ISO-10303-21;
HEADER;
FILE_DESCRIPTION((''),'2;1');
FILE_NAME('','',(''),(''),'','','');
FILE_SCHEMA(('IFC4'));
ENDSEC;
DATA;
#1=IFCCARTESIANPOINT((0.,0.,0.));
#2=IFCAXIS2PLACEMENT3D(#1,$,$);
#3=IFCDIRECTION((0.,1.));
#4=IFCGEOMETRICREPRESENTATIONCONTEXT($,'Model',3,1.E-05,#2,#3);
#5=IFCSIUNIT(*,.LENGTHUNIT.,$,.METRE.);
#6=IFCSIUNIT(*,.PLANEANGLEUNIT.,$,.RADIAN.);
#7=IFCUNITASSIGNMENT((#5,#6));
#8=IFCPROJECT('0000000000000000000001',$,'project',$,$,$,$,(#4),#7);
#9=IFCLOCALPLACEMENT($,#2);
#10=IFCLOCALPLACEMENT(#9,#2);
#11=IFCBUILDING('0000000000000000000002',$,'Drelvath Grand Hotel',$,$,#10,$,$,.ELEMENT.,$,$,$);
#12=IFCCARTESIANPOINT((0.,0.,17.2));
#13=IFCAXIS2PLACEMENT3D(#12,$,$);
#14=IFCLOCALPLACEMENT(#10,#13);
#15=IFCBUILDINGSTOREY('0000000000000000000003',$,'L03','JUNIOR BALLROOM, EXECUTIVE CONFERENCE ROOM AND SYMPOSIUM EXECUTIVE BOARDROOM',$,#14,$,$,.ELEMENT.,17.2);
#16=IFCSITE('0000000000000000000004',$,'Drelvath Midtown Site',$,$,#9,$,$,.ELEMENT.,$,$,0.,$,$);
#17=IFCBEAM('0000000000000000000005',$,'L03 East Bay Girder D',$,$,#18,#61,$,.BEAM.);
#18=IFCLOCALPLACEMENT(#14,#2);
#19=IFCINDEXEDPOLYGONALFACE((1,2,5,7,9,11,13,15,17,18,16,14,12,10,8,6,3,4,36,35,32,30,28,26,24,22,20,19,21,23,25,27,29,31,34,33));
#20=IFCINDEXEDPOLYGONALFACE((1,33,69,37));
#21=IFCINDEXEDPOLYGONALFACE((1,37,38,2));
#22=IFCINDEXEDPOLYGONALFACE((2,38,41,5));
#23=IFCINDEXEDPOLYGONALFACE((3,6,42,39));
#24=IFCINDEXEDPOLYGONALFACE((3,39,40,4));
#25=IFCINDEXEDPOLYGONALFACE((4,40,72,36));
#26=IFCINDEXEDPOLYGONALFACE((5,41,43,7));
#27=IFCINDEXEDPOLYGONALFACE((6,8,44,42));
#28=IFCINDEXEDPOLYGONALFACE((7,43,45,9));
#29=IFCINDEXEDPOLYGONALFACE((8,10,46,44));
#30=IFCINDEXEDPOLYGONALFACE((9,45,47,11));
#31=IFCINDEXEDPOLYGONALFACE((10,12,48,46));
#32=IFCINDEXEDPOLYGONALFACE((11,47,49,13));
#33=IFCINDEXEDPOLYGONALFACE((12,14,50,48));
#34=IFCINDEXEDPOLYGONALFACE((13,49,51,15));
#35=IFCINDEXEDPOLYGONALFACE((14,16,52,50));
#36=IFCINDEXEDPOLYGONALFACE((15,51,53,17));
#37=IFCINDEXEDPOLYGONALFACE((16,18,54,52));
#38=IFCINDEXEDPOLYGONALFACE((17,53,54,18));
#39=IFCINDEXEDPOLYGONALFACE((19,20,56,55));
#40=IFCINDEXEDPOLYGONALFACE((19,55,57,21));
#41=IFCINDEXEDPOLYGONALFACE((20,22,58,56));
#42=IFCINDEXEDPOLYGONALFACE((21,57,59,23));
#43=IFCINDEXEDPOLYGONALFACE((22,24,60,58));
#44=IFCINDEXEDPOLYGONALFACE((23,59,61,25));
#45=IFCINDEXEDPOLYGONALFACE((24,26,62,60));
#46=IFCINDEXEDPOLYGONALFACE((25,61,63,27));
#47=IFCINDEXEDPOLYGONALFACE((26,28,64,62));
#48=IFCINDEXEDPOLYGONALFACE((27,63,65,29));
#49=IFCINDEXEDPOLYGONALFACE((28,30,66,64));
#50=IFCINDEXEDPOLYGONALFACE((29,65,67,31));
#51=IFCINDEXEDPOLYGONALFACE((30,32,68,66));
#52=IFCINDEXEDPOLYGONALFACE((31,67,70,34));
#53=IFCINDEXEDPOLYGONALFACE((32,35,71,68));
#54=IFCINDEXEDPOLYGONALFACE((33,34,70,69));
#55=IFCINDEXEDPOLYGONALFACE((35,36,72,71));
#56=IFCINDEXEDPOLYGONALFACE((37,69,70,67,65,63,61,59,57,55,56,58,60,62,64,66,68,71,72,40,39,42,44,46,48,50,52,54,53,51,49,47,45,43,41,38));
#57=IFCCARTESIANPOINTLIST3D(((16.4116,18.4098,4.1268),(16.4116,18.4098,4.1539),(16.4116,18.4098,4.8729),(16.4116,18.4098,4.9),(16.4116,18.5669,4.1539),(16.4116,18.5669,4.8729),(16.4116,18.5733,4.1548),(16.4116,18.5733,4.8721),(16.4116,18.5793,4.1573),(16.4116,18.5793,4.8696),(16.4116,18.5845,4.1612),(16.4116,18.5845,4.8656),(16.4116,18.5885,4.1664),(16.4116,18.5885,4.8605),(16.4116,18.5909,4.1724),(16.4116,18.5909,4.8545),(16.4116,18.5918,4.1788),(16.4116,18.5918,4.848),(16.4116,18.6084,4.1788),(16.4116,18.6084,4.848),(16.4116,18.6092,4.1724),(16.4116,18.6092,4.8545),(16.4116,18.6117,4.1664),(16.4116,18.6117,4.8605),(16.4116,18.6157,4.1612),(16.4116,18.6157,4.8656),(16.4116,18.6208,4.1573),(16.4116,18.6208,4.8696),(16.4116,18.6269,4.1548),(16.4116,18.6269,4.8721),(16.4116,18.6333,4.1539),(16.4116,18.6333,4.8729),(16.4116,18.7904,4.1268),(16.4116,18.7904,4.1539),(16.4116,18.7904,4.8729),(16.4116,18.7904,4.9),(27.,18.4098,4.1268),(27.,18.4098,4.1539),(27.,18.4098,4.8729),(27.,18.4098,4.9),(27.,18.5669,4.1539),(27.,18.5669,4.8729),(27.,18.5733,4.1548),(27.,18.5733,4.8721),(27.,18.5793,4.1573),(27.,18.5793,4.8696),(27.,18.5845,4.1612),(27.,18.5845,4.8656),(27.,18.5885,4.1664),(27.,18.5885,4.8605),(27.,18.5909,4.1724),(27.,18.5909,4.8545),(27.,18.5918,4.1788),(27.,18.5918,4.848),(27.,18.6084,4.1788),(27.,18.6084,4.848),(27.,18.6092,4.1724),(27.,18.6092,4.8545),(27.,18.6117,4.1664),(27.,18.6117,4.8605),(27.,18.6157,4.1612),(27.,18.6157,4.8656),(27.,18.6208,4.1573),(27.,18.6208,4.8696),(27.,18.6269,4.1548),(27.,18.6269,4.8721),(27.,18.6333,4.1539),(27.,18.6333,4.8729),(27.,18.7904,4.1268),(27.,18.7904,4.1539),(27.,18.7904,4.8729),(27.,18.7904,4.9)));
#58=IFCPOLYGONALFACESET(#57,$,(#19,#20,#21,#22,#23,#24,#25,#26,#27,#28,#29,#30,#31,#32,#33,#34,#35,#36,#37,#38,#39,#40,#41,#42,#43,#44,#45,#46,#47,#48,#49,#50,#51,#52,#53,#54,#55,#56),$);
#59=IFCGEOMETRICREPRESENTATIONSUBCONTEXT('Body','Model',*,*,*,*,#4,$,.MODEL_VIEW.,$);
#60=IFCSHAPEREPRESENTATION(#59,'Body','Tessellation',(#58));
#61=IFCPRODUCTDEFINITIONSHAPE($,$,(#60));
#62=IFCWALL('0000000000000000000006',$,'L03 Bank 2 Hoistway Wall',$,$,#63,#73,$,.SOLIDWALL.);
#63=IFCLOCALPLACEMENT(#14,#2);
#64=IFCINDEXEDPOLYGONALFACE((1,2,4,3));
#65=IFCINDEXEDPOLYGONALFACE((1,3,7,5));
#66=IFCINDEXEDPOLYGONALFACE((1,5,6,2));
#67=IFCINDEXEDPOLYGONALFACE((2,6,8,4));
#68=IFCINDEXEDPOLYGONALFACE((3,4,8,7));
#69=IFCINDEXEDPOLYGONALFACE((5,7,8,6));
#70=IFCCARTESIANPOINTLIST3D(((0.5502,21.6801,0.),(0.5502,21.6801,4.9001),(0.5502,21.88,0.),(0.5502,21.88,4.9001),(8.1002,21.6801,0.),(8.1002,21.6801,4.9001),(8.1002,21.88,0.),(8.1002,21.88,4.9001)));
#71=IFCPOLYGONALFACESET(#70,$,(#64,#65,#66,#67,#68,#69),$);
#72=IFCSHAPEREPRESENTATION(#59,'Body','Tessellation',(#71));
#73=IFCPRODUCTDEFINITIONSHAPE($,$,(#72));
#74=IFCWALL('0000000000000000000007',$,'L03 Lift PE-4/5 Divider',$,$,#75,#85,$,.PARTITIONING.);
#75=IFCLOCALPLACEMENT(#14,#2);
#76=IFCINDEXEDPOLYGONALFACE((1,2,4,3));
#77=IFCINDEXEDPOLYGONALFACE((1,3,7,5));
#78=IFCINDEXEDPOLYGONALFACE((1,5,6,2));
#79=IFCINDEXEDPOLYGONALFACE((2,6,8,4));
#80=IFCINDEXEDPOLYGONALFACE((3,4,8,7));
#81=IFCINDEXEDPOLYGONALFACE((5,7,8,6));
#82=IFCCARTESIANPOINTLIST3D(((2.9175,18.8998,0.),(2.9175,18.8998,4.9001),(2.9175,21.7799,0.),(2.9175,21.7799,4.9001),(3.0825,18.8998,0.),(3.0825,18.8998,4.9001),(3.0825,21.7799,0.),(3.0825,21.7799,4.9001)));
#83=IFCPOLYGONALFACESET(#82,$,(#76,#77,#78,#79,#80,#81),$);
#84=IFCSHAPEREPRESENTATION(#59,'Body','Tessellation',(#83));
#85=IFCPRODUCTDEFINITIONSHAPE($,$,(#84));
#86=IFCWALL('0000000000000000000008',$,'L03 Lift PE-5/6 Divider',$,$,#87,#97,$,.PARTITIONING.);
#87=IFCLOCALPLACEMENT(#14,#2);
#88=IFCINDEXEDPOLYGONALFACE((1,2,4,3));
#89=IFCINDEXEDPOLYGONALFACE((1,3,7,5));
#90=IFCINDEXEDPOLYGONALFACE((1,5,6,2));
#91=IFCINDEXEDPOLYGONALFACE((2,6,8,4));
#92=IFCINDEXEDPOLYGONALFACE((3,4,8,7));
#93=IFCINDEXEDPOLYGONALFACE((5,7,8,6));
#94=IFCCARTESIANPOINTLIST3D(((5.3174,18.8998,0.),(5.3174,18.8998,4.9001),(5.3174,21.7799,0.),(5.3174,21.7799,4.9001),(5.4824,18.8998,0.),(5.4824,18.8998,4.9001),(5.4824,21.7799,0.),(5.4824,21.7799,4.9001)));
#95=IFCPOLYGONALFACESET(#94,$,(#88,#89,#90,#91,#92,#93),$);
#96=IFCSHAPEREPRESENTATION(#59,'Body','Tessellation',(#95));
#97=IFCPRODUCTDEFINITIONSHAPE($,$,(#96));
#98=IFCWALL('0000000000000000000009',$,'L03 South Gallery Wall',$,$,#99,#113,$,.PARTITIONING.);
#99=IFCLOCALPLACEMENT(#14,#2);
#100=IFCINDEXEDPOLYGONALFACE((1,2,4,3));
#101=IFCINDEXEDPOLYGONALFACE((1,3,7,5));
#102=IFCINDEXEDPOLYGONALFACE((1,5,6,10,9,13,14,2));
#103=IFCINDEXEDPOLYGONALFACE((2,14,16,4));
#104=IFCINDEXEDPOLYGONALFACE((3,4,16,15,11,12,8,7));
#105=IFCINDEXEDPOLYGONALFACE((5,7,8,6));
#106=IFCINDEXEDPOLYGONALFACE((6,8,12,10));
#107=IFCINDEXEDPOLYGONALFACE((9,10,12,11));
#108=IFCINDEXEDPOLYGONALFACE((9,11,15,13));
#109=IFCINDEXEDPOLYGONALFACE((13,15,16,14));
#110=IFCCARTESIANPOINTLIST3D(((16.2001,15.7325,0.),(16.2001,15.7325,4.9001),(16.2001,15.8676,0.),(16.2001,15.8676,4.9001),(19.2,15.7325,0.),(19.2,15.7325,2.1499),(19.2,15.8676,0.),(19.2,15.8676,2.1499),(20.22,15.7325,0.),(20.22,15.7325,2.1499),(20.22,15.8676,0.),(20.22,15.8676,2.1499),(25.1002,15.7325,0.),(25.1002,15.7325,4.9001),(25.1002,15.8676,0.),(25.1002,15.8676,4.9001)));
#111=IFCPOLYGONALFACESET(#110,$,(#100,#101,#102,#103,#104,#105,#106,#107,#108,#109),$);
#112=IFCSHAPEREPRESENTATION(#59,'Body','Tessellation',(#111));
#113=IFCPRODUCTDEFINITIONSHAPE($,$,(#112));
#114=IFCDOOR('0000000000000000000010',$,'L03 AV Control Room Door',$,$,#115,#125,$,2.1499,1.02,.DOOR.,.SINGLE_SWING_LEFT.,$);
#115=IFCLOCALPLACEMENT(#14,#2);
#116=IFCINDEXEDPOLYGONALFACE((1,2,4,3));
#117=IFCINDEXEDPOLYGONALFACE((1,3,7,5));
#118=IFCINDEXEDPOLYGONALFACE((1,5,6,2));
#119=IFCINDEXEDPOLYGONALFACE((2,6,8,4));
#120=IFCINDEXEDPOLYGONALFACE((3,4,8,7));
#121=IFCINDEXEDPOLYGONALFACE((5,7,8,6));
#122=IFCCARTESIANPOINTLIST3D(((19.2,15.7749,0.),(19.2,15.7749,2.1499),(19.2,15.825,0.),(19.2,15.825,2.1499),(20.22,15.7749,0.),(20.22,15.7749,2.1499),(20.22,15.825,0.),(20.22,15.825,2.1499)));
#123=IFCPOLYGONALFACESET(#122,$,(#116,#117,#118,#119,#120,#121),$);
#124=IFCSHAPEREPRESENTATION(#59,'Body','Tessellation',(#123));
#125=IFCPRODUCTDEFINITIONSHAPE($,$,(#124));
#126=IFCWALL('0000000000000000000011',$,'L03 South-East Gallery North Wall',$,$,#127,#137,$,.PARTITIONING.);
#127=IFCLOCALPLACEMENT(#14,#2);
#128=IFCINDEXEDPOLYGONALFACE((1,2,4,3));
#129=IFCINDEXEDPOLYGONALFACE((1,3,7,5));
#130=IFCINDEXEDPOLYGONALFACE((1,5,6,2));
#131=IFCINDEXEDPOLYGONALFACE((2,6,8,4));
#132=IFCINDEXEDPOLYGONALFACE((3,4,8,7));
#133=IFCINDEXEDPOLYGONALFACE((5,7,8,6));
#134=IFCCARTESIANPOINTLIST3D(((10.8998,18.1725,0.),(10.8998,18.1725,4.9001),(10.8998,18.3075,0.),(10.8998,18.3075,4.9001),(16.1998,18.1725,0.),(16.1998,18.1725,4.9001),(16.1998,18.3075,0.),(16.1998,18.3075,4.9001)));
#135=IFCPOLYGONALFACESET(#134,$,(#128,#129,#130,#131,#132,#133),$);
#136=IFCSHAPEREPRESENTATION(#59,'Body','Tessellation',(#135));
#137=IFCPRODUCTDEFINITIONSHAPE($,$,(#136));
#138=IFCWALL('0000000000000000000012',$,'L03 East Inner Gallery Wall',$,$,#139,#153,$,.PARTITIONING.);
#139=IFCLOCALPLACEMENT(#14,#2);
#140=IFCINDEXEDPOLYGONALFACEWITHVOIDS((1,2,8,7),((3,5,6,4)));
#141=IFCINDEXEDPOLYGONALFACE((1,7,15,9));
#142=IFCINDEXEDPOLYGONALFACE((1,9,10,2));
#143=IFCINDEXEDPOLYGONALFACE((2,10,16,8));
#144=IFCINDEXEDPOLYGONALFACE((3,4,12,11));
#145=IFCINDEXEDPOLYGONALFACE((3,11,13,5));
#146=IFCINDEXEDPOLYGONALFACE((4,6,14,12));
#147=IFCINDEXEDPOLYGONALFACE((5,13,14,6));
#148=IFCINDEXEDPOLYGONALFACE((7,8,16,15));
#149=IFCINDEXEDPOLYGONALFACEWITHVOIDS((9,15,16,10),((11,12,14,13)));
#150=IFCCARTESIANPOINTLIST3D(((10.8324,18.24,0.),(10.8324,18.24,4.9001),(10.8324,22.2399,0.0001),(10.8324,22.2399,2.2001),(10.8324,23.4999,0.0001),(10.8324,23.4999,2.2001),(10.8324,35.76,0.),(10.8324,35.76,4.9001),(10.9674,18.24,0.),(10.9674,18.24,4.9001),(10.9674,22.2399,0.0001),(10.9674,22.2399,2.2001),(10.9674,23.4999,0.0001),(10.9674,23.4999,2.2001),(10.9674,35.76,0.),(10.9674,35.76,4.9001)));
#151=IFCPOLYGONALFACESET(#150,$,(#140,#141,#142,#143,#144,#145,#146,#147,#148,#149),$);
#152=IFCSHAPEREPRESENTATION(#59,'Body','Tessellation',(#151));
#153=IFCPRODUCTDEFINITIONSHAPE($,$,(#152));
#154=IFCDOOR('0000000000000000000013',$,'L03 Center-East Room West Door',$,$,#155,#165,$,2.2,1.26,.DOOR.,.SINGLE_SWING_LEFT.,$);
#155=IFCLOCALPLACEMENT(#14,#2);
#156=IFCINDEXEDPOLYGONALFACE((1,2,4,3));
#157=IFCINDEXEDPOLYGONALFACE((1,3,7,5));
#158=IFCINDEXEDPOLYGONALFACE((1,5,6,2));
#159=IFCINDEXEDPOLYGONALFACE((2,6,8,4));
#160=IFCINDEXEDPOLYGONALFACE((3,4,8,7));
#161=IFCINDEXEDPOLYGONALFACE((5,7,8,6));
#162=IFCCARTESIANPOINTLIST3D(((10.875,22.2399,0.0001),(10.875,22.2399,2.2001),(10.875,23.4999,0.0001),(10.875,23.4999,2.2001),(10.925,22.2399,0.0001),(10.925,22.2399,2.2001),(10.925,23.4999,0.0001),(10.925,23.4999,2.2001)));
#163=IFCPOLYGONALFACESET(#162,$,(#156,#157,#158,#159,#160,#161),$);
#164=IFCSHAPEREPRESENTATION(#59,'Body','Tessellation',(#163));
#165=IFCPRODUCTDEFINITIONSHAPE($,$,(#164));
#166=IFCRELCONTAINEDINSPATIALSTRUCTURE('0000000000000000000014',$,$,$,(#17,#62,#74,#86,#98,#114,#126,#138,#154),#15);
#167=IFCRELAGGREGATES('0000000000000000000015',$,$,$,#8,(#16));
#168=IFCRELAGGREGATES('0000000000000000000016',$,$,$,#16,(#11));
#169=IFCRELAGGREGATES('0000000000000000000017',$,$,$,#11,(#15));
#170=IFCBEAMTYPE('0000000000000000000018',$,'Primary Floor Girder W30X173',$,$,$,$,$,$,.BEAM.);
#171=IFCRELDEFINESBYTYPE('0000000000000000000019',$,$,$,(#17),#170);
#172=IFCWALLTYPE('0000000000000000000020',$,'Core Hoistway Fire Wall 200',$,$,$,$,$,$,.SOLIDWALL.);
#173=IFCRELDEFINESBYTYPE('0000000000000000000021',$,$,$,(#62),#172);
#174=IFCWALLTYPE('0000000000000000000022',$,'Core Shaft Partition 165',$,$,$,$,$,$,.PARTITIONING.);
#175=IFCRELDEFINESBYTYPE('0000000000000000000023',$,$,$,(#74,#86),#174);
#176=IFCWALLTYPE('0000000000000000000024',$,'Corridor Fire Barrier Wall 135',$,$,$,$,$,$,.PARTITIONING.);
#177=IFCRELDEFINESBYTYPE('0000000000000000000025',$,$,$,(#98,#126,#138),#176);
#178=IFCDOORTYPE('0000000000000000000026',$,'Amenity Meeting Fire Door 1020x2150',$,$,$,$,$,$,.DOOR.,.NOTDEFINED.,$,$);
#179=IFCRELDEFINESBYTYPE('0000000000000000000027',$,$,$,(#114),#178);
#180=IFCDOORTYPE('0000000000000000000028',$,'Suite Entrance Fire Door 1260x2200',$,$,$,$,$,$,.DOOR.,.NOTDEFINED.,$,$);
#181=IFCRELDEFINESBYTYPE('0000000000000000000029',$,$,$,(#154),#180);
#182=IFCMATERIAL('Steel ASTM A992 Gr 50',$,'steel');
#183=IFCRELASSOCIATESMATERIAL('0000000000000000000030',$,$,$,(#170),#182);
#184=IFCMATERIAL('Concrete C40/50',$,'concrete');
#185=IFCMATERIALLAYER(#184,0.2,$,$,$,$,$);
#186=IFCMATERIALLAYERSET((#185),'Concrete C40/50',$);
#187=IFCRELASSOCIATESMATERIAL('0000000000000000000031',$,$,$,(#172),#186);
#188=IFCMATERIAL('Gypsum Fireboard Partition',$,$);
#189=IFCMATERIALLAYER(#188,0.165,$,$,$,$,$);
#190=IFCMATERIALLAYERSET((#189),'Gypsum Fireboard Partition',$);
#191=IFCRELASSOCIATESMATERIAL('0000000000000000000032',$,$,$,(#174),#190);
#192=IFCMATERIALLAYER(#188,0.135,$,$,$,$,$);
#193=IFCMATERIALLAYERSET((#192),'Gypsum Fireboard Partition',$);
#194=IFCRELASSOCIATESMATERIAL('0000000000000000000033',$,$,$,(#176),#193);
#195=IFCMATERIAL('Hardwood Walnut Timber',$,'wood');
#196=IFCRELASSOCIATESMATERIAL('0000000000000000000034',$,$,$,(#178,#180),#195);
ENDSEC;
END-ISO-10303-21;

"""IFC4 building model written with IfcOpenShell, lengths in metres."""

from ifc_helpers import new_model, si_unit, direction, frame, frame_2d, origin, origin_2d, place, context, subcontext, project, spatial, rectangle, i_section, extrude, material, layer, layer_set, material_profile, profile_set, type_object, element, fill, save


model = new_model("IFC4")

# Units and contexts
model_context = context("Model", 3, precision=1e-05, world=origin(), true_north=direction((0.0, 1.0)))
body_context = subcontext(model_context, "Body", "Model", "MODEL_VIEW")
ifc_project = project(units=[si_unit("LENGTHUNIT", "METRE"), si_unit("PLANEANGLEUNIT", "RADIAN")], contexts=[model_context])

# Site, building, storey
site_placement = place(None, origin())
site = spatial("IfcSite", under=ifc_project, at=site_placement, Name="Drelvath Midtown Site", CompositionType="ELEMENT", RefElevation=0.0)
building_placement = place(site_placement, origin())
building = spatial("IfcBuilding", under=site, at=building_placement, Name="Drelvath Grand Hotel", CompositionType="ELEMENT")
storey_placement = place(building_placement, frame((0.0, 0.0, 17.2)))
storey = spatial("IfcBuildingStorey", under=building, at=storey_placement, Name="L03", Description="JUNIOR BALLROOM, EXECUTIVE CONFERENCE ROOM AND SYMPOSIUM EXECUTIVE BOARDROOM", CompositionType="ELEMENT", Elevation=17.2)

# Beam
ifc_material_1 = material(Name="Steel ASTM A992 Gr 50", Category="steel")
ifc_material_profile_1 = material_profile(ifc_material_1, i_section(OverallWidth=0.3806, OverallDepth=0.7732, WebThickness=0.0166, FlangeThickness=0.0271, FilletRadius=0.0249, at=origin_2d()), Name="W30X173")
ifc_profile_set_1 = profile_set([ifc_material_profile_1], Name="Steel ASTM A992 Gr 50")
beam_type_1 = type_object("IfcBeamType", Name="Primary Floor Girder W30X173", PredefinedType="BEAM", material=ifc_profile_set_1)
beam_1_placement = place(storey_placement, frame((16.4116, 18.6001, 4.5134), z_axis=(1.0, 0.0, 0.0), x_axis=(0.0, 1.0, 0.0)))
element("IfcBeam", 1, at=beam_1_placement, inside=storey, type_object=beam_type_1, Name="L03 East Bay Girder D", PredefinedType="BEAM", context=body_context, shape_type="SweptSolid", body=[
    extrude(i_section(OverallWidth=0.3806, OverallDepth=0.7732, WebThickness=0.0166, FlangeThickness=0.0271, FilletRadius=0.0249, at=origin_2d()), origin(), (0.0, 0.0, 1.0), 10.5884),
])

# Walls
ifc_material_2 = material(Name="Concrete C40/50", Category="concrete")
ifc_layer_1 = layer(ifc_material_2, 0.2)
ifc_layer_set_1 = layer_set([ifc_layer_1], Name="Concrete C40/50")
wall_type_1 = type_object("IfcWallType", Name="Core Hoistway Fire Wall 200", PredefinedType="SOLIDWALL", material=ifc_layer_set_1)
wall_1_placement = place(storey_placement, frame((8.1001, 21.78, 0.0), z_axis=(0.0, 0.0, 1.0), x_axis=(-1.0, 0.0, 0.0)))
element("IfcWall", 2, at=wall_1_placement, inside=storey, type_object=wall_type_1, Name="L03 Bank 2 Hoistway Wall", PredefinedType="SOLIDWALL", context=body_context, shape_type="SweptSolid", body=[
    extrude(rectangle(XDim=7.55, YDim=0.2, at=frame_2d((3.7749, 0.0))), origin(), (0.0, 0.0, 1.0), 4.9001),
])
ifc_material_3 = material(Name="Gypsum Fireboard Partition")
ifc_layer_2 = layer(ifc_material_3, 0.165)
ifc_layer_set_2 = layer_set([ifc_layer_2], Name="Gypsum Fireboard Partition")
wall_type_2 = type_object("IfcWallType", Name="Core Shaft Partition 165", PredefinedType="PARTITIONING", material=ifc_layer_set_2)
for number, where, z_axis, x_axis, name in (
    (3, (3.0, 18.8999, 0.0), (0.0, 0.0, 1.0), (0.0, 1.0, 0.0), "L03 Lift PE-4/5 Divider"),
    (4, (5.3999, 18.8999, 0.0), (0.0, 0.0, 1.0), (0.0, 1.0, 0.0), "L03 Lift PE-5/6 Divider"),
):
    element("IfcWall", number, at=place(storey_placement, frame(where, z_axis=z_axis, x_axis=x_axis)), inside=storey, type_object=wall_type_2, Name=name, PredefinedType="PARTITIONING", context=body_context, shape_type="SweptSolid", body=[
        extrude(rectangle(XDim=2.8801, YDim=0.165, at=frame_2d((1.4399, 0.0))), origin(), (0.0, 0.0, 1.0), 4.9001),
    ])

# Wall, opening, door
ifc_layer_3 = layer(ifc_material_3, 0.135)
ifc_layer_set_3 = layer_set([ifc_layer_3], Name="Gypsum Fireboard Partition")
wall_type_3 = type_object("IfcWallType", Name="Corridor Fire Barrier Wall 135", PredefinedType="PARTITIONING", material=ifc_layer_set_3)
wall_2_placement = place(storey_placement, frame((16.2, 15.8, 0.0), z_axis=(0.0, 0.0, 1.0), x_axis=(1.0, 0.0, 0.0)))
wall_2 = element("IfcWall", 5, at=wall_2_placement, inside=storey, type_object=wall_type_3, Name="L03 South Gallery Wall", PredefinedType="PARTITIONING", context=body_context, shape_type="SweptSolid", body=[
    extrude(rectangle(XDim=8.9001, YDim=0.135, at=frame_2d((4.4502, 0.0))), origin(), (0.0, 0.0, 1.0), 4.9001),
])
opening_1_placement = place(wall_2_placement, frame((3.0, 0.0, 0.0)))
opening_1 = element("IfcOpeningElement", 6, at=opening_1_placement, cuts=wall_2, PredefinedType="OPENING", context=body_context, shape_type="SweptSolid", body=[
    extrude(rectangle(XDim=1.02, YDim=2.1499, at=frame_2d((0.51, 1.075))), frame((0.0, 0.0774, 0.0), z_axis=(0.0, -1.0, 0.0), x_axis=(1.0, 0.0, 0.0)), (0.0, 0.0, 1.0), 0.155),
])
ifc_material_4 = material(Name="Hardwood Walnut Timber", Category="wood")
door_type_1 = type_object("IfcDoorType", Name="Amenity Meeting Fire Door 1020x2150", OperationType="NOTDEFINED", PredefinedType="DOOR", material=ifc_material_4)
door_1_placement = place(opening_1_placement, origin())
door_1 = element("IfcDoor", 7, at=door_1_placement, inside=storey, type_object=door_type_1, Name="L03 AV Control Room Door", OperationType="SINGLE_SWING_LEFT", OverallHeight=2.1499, OverallWidth=1.02, PredefinedType="DOOR", context=body_context, shape_type="SweptSolid", body=[
    extrude(rectangle(XDim=1.02, YDim=2.1499, at=frame_2d((0.51, 1.075))), frame((0.0, 0.0249, 0.0), z_axis=(0.0, -1.0, 0.0), x_axis=(1.0, 0.0, 0.0)), (0.0, 0.0, 1.0), 0.05),
])
fill(opening_1, door_1)

# Wall
wall_3_placement = place(storey_placement, frame((10.8999, 18.24, 0.0), z_axis=(0.0, 0.0, 1.0), x_axis=(1.0, 0.0, 0.0)))
element("IfcWall", 8, at=wall_3_placement, inside=storey, type_object=wall_type_3, Name="L03 South-East Gallery North Wall", PredefinedType="PARTITIONING", context=body_context, shape_type="SweptSolid", body=[
    extrude(rectangle(XDim=5.3, YDim=0.135, at=frame_2d((2.6499, 0.0))), origin(), (0.0, 0.0, 1.0), 4.9001),
])

# Wall, opening, door
wall_4_placement = place(storey_placement, frame((10.8999, 18.24, 0.0), z_axis=(0.0, 0.0, 1.0), x_axis=(0.0, 1.0, 0.0)))
wall_4 = element("IfcWall", 9, at=wall_4_placement, inside=storey, type_object=wall_type_3, Name="L03 East Inner Gallery Wall", PredefinedType="PARTITIONING", context=body_context, shape_type="SweptSolid", body=[
    extrude(rectangle(XDim=17.52, YDim=0.135, at=frame_2d((8.76, 0.0))), origin(), (0.0, 0.0, 1.0), 4.9001),
])
opening_2_placement = place(wall_4_placement, frame((4.0, 0.0, 0.0)))
opening_2 = element("IfcOpeningElement", 10, at=opening_2_placement, cuts=wall_4, PredefinedType="OPENING", context=body_context, shape_type="SweptSolid", body=[
    extrude(rectangle(XDim=1.26, YDim=2.2, at=frame_2d((0.6299, 1.1001))), frame((0.0, 0.0774, 0.0), z_axis=(0.0, -1.0, 0.0), x_axis=(1.0, 0.0, 0.0)), (0.0, 0.0, 1.0), 0.155),
])
door_type_2 = type_object("IfcDoorType", Name="Suite Entrance Fire Door 1260x2200", OperationType="NOTDEFINED", PredefinedType="DOOR", material=ifc_material_4)
door_2_placement = place(opening_2_placement, origin())
door_2 = element("IfcDoor", 11, at=door_2_placement, inside=storey, type_object=door_type_2, Name="L03 Center-East Room West Door", OperationType="SINGLE_SWING_LEFT", OverallHeight=2.2, OverallWidth=1.26, PredefinedType="DOOR", context=body_context, shape_type="SweptSolid", body=[
    extrude(rectangle(XDim=1.26, YDim=2.2, at=frame_2d((0.6299, 1.1001))), frame((0.0, 0.0249, 0.0), z_axis=(0.0, -1.0, 0.0), x_axis=(1.0, 0.0, 0.0)), (0.0, 0.0, 1.0), 0.05),
])
fill(opening_2, door_2)

save(model, "model.ifc")
